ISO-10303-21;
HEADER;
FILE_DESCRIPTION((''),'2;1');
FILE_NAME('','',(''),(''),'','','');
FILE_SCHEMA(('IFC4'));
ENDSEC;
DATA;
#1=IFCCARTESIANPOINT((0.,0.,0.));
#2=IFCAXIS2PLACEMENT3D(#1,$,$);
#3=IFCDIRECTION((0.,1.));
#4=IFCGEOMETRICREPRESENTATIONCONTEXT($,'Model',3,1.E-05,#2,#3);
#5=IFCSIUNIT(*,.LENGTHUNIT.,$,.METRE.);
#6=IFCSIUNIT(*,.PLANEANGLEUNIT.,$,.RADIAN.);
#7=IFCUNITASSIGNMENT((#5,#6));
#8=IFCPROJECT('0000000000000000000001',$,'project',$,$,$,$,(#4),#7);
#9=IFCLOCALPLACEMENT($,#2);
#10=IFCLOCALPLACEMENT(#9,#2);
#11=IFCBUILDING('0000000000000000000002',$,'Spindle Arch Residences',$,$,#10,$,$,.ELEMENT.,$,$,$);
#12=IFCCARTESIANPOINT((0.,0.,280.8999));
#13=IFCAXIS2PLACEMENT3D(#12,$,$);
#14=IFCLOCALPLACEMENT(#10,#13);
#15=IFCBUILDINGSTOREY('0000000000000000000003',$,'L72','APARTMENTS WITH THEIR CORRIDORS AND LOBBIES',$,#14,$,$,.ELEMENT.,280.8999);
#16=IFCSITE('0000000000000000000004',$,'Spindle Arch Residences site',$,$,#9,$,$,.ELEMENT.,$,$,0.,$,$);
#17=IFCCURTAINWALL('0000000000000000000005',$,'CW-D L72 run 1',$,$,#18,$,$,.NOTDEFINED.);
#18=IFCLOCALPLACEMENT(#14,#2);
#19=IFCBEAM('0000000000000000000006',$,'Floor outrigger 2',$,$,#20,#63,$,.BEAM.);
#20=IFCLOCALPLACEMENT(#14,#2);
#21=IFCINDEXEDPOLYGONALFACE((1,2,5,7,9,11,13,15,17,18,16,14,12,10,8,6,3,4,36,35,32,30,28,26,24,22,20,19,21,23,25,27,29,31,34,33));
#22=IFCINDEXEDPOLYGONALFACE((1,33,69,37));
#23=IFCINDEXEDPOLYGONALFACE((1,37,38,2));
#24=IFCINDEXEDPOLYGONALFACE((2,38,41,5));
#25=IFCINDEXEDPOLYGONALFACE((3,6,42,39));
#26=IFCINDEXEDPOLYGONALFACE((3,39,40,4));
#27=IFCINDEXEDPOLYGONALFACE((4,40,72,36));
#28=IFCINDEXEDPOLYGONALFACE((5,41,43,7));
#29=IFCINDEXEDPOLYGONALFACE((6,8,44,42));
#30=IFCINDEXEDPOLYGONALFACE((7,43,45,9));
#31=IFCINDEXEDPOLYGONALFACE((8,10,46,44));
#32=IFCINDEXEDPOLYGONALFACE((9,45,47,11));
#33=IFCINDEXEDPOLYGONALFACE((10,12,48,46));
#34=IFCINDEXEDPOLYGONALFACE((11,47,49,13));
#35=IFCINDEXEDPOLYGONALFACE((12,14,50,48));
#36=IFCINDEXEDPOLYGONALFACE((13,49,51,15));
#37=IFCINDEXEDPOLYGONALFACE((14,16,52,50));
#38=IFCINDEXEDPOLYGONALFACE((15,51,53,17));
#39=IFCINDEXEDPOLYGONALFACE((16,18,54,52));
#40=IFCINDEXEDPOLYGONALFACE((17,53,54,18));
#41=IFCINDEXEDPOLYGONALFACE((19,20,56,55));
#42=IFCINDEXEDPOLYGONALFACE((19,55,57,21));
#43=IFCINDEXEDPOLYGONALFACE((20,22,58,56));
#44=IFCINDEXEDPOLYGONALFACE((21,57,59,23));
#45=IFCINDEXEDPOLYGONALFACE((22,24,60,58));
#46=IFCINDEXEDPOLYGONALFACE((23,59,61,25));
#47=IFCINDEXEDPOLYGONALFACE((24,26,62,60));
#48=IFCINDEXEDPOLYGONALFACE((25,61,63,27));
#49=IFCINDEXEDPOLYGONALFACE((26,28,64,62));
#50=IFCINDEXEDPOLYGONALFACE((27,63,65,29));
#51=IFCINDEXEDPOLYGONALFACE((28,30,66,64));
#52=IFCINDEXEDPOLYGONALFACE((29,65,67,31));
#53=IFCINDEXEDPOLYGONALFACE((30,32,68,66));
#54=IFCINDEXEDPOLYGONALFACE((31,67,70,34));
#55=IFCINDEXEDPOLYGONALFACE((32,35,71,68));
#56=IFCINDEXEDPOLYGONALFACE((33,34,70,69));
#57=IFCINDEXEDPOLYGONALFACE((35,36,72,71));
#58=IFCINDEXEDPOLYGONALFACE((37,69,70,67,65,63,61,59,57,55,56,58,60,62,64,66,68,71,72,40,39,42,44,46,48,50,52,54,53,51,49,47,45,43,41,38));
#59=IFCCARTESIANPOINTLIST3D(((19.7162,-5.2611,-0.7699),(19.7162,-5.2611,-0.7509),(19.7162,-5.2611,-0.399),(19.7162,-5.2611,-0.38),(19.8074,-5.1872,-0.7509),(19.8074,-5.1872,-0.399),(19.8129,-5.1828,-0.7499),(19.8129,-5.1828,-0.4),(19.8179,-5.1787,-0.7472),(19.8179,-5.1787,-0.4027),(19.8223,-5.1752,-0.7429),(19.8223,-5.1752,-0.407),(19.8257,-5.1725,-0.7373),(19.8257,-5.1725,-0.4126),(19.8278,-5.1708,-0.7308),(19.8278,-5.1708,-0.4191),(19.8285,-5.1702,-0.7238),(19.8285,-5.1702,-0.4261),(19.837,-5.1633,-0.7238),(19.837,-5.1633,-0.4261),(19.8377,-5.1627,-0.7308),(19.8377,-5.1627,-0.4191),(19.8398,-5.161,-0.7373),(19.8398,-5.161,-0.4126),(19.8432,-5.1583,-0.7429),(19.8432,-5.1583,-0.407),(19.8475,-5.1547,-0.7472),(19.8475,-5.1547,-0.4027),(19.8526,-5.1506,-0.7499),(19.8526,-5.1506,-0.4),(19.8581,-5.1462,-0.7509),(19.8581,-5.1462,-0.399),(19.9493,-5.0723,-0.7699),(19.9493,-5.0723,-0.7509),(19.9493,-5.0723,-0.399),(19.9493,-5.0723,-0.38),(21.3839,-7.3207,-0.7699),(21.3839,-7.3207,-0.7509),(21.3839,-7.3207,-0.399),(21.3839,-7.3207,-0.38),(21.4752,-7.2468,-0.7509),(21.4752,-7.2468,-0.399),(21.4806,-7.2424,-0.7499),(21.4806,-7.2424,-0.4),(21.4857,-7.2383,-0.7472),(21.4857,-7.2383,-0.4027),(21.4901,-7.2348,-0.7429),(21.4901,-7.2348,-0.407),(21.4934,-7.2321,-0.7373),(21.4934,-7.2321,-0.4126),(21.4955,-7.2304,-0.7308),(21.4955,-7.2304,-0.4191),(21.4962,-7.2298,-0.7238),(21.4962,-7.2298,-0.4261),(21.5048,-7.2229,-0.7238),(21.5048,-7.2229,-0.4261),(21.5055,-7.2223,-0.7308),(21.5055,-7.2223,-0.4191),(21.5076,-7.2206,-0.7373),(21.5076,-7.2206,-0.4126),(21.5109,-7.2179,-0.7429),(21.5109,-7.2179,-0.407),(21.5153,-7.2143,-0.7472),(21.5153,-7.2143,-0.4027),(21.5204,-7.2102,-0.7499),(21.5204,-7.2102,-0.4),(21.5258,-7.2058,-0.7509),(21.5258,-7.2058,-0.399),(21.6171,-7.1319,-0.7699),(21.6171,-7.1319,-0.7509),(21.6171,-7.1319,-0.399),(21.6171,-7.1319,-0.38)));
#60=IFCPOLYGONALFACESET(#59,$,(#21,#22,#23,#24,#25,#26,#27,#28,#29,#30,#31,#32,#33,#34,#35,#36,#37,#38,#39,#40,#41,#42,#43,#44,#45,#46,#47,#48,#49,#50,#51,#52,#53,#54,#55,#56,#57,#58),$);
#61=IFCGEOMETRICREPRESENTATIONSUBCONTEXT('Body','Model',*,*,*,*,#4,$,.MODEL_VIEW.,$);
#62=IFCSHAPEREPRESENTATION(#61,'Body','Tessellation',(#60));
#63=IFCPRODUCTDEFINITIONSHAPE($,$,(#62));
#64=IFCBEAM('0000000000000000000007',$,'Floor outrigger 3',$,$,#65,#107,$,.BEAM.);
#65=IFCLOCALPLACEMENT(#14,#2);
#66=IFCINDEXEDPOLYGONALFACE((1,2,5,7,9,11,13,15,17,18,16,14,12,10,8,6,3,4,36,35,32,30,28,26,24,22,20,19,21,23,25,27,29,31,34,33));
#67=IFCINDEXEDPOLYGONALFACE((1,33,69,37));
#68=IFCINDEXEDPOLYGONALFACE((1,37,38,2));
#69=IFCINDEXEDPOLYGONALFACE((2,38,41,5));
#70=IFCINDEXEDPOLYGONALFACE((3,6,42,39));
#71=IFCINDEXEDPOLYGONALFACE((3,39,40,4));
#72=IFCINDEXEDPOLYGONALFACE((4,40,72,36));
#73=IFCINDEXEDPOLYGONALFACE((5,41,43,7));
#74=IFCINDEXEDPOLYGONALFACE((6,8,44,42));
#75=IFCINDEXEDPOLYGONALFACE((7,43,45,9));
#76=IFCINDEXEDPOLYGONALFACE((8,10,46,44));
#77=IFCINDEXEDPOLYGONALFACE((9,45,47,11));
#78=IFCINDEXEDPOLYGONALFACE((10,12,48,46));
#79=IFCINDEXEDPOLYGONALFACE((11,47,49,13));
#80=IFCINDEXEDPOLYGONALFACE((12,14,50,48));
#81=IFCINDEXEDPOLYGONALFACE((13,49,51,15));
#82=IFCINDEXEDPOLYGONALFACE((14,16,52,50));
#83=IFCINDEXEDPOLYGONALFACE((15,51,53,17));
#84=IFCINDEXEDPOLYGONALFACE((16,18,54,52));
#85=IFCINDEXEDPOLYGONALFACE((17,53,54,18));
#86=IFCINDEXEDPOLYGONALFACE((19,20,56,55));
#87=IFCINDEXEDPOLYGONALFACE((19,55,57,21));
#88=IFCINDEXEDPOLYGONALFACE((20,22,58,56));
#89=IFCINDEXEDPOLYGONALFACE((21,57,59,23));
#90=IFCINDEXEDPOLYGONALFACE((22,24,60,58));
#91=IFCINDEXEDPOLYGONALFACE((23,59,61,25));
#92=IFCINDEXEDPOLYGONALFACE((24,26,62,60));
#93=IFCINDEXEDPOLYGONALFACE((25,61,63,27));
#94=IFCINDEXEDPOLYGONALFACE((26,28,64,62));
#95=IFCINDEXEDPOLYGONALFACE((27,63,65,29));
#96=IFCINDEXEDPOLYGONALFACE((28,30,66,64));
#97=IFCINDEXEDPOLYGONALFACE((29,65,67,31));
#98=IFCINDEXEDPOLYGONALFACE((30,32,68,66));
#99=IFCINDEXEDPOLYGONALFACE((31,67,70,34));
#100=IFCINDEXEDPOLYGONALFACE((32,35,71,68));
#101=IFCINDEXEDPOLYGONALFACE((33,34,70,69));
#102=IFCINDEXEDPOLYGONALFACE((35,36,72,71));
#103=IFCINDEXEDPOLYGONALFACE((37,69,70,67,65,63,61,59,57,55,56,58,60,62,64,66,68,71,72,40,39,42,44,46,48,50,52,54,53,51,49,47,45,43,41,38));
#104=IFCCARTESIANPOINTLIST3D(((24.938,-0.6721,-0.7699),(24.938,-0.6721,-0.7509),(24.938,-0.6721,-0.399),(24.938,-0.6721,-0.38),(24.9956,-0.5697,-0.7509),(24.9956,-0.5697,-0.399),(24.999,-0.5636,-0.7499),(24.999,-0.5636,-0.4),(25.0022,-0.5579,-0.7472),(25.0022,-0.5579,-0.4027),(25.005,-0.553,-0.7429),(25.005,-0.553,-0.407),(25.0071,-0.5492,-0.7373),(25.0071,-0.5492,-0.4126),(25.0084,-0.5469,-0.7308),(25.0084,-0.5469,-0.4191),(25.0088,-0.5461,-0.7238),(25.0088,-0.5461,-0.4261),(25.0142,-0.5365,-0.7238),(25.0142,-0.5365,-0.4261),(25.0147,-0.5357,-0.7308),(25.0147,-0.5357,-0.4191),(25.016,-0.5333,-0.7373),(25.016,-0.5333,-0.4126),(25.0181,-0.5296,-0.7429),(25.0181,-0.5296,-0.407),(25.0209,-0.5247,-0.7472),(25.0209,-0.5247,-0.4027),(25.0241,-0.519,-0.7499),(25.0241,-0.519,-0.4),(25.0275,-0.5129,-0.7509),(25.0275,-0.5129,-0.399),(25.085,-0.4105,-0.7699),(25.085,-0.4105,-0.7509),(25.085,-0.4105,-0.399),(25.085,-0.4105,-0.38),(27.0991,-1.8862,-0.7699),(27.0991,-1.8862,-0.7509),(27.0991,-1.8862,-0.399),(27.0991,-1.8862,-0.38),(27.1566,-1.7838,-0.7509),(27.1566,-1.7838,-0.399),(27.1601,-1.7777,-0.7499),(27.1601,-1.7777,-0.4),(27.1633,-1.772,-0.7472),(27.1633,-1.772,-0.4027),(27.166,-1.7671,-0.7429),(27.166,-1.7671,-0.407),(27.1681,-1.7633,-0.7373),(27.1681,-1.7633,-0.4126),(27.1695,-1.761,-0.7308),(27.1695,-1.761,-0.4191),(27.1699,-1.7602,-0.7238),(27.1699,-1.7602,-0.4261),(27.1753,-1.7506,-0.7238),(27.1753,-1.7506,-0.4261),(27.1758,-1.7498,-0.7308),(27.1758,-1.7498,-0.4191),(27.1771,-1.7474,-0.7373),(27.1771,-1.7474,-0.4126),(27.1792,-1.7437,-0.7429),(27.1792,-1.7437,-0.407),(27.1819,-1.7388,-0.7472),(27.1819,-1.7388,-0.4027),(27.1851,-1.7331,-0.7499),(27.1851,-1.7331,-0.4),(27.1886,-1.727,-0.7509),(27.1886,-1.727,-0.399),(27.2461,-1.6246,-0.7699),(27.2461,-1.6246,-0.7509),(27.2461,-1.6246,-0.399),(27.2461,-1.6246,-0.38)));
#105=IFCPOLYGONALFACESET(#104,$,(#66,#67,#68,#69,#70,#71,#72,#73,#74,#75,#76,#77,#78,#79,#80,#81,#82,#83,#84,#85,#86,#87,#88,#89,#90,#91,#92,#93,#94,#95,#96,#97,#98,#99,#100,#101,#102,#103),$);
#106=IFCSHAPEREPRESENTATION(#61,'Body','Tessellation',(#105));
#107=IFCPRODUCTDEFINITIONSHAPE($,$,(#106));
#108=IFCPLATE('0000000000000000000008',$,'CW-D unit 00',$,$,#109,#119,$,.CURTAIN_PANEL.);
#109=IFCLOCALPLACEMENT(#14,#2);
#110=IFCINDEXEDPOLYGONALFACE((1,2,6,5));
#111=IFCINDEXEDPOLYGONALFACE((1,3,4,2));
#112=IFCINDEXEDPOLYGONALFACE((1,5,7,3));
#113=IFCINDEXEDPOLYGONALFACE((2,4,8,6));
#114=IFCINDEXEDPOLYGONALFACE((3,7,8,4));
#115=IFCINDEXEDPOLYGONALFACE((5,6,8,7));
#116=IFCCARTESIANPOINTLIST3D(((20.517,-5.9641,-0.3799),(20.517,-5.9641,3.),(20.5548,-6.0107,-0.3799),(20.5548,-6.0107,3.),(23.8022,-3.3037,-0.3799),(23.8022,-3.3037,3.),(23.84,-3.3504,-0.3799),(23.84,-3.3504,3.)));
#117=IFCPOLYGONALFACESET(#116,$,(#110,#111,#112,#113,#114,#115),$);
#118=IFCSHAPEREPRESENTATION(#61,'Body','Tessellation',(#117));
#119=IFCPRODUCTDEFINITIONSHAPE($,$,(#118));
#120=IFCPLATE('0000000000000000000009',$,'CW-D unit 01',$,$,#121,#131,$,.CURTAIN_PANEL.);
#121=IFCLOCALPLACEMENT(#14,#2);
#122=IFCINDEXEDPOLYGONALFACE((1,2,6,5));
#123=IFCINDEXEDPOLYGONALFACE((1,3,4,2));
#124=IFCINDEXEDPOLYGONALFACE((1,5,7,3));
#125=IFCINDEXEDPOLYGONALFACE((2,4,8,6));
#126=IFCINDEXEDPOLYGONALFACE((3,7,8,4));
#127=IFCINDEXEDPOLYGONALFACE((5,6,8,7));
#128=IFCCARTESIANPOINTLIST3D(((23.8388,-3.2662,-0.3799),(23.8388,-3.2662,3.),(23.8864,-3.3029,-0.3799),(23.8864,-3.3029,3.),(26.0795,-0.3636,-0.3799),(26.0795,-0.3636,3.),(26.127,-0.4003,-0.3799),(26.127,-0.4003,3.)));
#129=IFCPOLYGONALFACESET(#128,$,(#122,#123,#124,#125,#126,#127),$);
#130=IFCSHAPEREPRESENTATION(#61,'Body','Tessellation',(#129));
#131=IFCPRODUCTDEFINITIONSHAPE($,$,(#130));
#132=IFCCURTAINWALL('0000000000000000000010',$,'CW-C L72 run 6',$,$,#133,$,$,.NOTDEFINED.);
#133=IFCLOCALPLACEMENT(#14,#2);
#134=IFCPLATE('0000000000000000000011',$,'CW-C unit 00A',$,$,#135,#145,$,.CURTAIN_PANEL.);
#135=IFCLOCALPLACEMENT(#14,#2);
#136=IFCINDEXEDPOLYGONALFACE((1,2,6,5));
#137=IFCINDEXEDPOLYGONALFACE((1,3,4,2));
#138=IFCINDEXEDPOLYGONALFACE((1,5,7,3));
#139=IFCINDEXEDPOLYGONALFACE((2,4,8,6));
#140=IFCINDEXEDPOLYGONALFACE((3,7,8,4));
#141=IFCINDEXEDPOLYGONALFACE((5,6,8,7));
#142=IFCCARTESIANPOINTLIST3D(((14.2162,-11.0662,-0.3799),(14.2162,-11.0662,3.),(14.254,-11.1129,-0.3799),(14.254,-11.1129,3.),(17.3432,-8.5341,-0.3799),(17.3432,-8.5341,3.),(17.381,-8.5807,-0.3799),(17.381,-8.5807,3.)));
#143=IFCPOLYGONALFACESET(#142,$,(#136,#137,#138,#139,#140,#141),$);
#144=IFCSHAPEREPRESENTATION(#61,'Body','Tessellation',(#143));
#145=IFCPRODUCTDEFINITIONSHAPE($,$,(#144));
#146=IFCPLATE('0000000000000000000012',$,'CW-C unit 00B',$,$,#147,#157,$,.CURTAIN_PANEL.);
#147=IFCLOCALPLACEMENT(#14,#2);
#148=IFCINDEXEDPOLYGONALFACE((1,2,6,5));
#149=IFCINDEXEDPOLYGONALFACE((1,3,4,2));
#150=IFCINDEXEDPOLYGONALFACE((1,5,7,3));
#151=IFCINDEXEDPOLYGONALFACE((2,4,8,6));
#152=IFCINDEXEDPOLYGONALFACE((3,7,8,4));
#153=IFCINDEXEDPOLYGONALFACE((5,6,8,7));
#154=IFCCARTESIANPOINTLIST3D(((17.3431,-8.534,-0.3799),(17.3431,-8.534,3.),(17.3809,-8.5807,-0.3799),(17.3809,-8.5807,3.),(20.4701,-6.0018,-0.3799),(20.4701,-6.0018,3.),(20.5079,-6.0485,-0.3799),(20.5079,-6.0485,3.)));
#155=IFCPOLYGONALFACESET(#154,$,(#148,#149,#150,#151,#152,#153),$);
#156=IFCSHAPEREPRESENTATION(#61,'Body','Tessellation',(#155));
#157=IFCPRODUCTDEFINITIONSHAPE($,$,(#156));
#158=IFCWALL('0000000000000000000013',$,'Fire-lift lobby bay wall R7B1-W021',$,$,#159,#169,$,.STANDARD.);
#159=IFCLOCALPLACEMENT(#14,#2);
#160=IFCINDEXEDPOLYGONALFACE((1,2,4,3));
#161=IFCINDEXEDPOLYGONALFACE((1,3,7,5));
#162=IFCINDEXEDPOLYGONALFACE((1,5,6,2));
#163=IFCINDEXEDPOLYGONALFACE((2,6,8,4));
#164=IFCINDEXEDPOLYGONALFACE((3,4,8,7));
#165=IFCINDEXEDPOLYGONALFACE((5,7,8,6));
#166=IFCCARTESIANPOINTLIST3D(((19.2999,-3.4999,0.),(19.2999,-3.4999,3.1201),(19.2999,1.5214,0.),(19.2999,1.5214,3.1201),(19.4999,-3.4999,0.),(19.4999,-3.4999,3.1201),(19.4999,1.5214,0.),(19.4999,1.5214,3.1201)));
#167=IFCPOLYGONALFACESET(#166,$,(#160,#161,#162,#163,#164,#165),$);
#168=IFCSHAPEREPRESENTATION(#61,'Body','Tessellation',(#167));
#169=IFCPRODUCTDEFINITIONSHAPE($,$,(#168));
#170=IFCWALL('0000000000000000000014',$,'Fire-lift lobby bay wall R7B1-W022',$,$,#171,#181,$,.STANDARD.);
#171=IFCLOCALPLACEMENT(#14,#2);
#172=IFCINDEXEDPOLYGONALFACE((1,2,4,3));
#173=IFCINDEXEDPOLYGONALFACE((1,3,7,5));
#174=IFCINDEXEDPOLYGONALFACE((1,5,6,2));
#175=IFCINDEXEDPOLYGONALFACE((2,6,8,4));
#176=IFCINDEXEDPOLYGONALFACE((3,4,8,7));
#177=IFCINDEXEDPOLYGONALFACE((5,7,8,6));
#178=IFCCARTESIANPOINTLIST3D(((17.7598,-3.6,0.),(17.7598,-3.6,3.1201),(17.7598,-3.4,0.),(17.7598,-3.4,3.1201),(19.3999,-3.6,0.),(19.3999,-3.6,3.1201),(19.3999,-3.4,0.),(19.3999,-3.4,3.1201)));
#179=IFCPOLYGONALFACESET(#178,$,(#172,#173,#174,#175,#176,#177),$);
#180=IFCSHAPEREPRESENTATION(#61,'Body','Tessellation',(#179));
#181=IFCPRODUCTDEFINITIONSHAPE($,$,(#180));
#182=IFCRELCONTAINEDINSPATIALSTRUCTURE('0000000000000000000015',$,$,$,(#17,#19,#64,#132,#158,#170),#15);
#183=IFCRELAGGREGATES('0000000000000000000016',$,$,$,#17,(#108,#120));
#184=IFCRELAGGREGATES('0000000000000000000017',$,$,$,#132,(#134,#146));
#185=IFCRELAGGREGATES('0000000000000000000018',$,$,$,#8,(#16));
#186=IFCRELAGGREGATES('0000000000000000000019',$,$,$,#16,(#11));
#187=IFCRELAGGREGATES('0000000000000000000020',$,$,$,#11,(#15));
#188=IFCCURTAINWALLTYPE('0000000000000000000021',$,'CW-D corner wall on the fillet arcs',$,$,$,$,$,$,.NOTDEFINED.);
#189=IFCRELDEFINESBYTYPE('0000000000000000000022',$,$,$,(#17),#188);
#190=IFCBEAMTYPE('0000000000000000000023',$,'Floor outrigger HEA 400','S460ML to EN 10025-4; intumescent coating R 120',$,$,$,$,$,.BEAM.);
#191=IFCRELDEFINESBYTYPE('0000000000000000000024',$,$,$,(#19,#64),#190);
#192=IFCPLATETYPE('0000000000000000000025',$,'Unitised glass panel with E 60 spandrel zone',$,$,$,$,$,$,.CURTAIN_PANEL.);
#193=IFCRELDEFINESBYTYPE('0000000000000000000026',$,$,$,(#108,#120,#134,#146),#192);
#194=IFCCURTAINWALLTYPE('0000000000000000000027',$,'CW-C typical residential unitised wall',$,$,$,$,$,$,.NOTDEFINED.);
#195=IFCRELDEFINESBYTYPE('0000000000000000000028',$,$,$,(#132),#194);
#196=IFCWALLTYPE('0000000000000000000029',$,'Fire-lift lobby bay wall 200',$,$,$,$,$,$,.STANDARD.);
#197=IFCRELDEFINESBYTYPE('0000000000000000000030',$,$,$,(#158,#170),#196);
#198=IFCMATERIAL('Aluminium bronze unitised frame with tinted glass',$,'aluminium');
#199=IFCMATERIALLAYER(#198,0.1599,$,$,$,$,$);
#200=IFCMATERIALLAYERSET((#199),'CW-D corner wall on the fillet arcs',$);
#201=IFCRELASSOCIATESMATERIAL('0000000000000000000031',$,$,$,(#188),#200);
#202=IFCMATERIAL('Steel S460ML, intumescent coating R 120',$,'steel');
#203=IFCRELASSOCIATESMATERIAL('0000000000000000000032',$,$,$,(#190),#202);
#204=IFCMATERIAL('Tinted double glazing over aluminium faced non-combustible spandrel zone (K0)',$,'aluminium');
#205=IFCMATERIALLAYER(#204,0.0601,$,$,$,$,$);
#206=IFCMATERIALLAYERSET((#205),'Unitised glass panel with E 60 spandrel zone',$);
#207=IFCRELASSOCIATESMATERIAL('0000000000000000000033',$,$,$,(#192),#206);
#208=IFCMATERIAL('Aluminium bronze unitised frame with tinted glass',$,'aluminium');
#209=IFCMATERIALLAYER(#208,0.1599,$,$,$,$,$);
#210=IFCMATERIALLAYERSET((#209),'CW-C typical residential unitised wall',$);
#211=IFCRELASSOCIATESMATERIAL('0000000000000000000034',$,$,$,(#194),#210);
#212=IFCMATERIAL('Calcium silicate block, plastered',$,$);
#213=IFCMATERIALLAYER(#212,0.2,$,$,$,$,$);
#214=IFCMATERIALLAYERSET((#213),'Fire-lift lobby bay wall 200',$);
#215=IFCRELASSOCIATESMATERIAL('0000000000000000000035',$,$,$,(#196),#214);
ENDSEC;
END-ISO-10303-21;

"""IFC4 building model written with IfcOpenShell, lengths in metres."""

from ifc_helpers import new_model, si_unit, direction, frame, frame_2d, origin, origin_2d, place, context, subcontext, project, spatial, rectangle, i_section, extrude, material, layer, layer_set, material_profile, profile_set, type_object, element, aggregate, save


model = new_model("IFC4")

# Units and contexts
model_context = context("Model", 3, precision=1e-05, world=origin(), true_north=direction((0.0, 1.0)))
body_context = subcontext(model_context, "Body", "Model", "MODEL_VIEW")
ifc_project = project(units=[si_unit("LENGTHUNIT", "METRE"), si_unit("PLANEANGLEUNIT", "RADIAN")], contexts=[model_context])

# Site, building, storey
site_placement = place(None, origin())
site = spatial("IfcSite", under=ifc_project, at=site_placement, Name="Spindle Arch Residences site", CompositionType="ELEMENT", RefElevation=0.0)
building_placement = place(site_placement, origin())
building = spatial("IfcBuilding", under=site, at=building_placement, Name="Spindle Arch Residences", CompositionType="ELEMENT")
storey_placement = place(building_placement, frame((0.0, 0.0, 280.8999)))
storey = spatial("IfcBuildingStorey", under=building, at=storey_placement, Name="L72", Description="APARTMENTS WITH THEIR CORRIDORS AND LOBBIES", CompositionType="ELEMENT", Elevation=280.8999)

# Curtain wall
ifc_material_1 = material(Name="Aluminium bronze unitised frame with tinted glass", Category="aluminium")
ifc_layer_1 = layer(ifc_material_1, 0.1599)
ifc_layer_set_1 = layer_set([ifc_layer_1], Name="CW-D corner wall on the fillet arcs")
curtain_wall_type_1 = type_object("IfcCurtainWallType", Name="CW-D corner wall on the fillet arcs", PredefinedType="NOTDEFINED", material=ifc_layer_set_1)
curtain_wall_1_placement = place(storey_placement, origin())
curtain_wall_1 = element("IfcCurtainWall", 1, at=curtain_wall_1_placement, inside=storey, type_object=curtain_wall_type_1, Name="CW-D L72 run 1", PredefinedType="NOTDEFINED")

# Beams
ifc_material_2 = material(Name="Steel S460ML, intumescent coating R 120", Category="steel")
ifc_material_profile_1 = material_profile(ifc_material_2, i_section(OverallWidth=0.3, OverallDepth=0.3899, WebThickness=0.011, FlangeThickness=0.019, FilletRadius=0.0271, at=origin_2d()), Name="HEA 400")
ifc_profile_set_1 = profile_set([ifc_material_profile_1], Name="Steel S460ML, intumescent coating R 120")
beam_type_1 = type_object("IfcBeamType", Name="Floor outrigger HEA 400", Description="S460ML to EN 10025-4; intumescent coating R 120", PredefinedType="BEAM", material=ifc_profile_set_1)
beam_1_placement = place(storey_placement, frame((21.5005, -7.2263, -0.575), z_axis=(-0.629302, 0.777161, 0.0), x_axis=(-0.777161, -0.629302, 0.0)))
element("IfcBeam", 2, at=beam_1_placement, inside=storey, type_object=beam_type_1, Name="Floor outrigger 2", PredefinedType="BEAM", context=body_context, shape_type="SweptSolid", body=[
    extrude(i_section(OverallWidth=0.3, OverallDepth=0.3899, WebThickness=0.011, FlangeThickness=0.019, FilletRadius=0.0271, at=origin_2d()), origin(), (0.0, 0.0, 1.0), 2.6501),
])
beam_2_placement = place(storey_placement, frame((27.1726, -1.7554, -0.575), z_axis=(-0.871838, 0.489794, 0.0), x_axis=(-0.489794, -0.871838, 0.0)))
element("IfcBeam", 3, at=beam_2_placement, inside=storey, type_object=beam_type_1, Name="Floor outrigger 3", PredefinedType="BEAM", context=body_context, shape_type="SweptSolid", body=[
    extrude(i_section(OverallWidth=0.3, OverallDepth=0.3899, WebThickness=0.011, FlangeThickness=0.019, FilletRadius=0.0271, at=origin_2d()), origin(), (0.0, 0.0, 1.0), 2.4788),
])

# Plates
ifc_material_3 = material(Name="Tinted double glazing over aluminium faced non-combustible spandrel zone (K0)", Category="aluminium")
ifc_layer_2 = layer(ifc_material_3, 0.0601)
ifc_layer_set_2 = layer_set([ifc_layer_2], Name="Unitised glass panel with E 60 spandrel zone")
plate_type = type_object("IfcPlateType", Name="Unitised glass panel with E 60 spandrel zone", PredefinedType="CURTAIN_PANEL", material=ifc_layer_set_2)
plate_1_placement = place(storey_placement, frame((22.1785, -4.6572, -0.3799), z_axis=(0.0, 0.0, 1.0), x_axis=(0.777146, 0.62932, 0.0)))
plate_1 = element("IfcPlate", 4, at=plate_1_placement, type_object=plate_type, Name="CW-D unit 00", PredefinedType="CURTAIN_PANEL", context=body_context, shape_type="SweptSolid", body=[
    extrude(rectangle(XDim=4.2273, YDim=0.0601, at=origin_2d()), origin(), (0.0, 0.0, 1.0), 3.3799),
])
plate_2_placement = place(storey_placement, frame((24.9829, -1.8333, -0.3799), z_axis=(0.0, 0.0, 1.0), x_axis=(0.611067, 0.791579, 0.0)))
plate_2 = element("IfcPlate", 5, at=plate_2_placement, type_object=plate_type, Name="CW-D unit 01", PredefinedType="CURTAIN_PANEL", context=body_context, shape_type="SweptSolid", body=[
    extrude(rectangle(XDim=3.6667, YDim=0.0601, at=origin_2d()), origin(), (0.0, 0.0, 1.0), 3.3799),
])
aggregate(curtain_wall_1, [plate_1, plate_2])

# Curtain wall, plates
ifc_material_4 = material(Name="Aluminium bronze unitised frame with tinted glass", Category="aluminium")
ifc_layer_3 = layer(ifc_material_4, 0.1599)
ifc_layer_set_3 = layer_set([ifc_layer_3], Name="CW-C typical residential unitised wall")
curtain_wall_type_2 = type_object("IfcCurtainWallType", Name="CW-C typical residential unitised wall", PredefinedType="NOTDEFINED", material=ifc_layer_set_3)
curtain_wall_2_placement = place(storey_placement, origin())
curtain_wall_2 = element("IfcCurtainWall", 6, at=curtain_wall_2_placement, inside=storey, type_object=curtain_wall_type_2, Name="CW-C L72 run 6", PredefinedType="NOTDEFINED")
plate_3_placement = place(storey_placement, frame((15.7986, -9.8235, -0.3799), z_axis=(0.0, 0.0, 1.0), x_axis=(0.777146, 0.62932, 0.0)))
plate_3 = element("IfcPlate", 7, at=plate_3_placement, type_object=plate_type, Name="CW-C unit 00A", PredefinedType="CURTAIN_PANEL", context=body_context, shape_type="SweptSolid", body=[
    extrude(rectangle(XDim=4.0237, YDim=0.0601, at=origin_2d()), origin(), (0.0, 0.0, 1.0), 3.3799),
])
plate_4_placement = place(storey_placement, frame((18.9255, -7.2913, -0.3799), z_axis=(0.0, 0.0, 1.0), x_axis=(0.777146, 0.62932, 0.0)))
plate_4 = element("IfcPlate", 8, at=plate_4_placement, type_object=plate_type, Name="CW-C unit 00B", PredefinedType="CURTAIN_PANEL", context=body_context, shape_type="SweptSolid", body=[
    extrude(rectangle(XDim=4.0237, YDim=0.0601, at=origin_2d()), origin(), (0.0, 0.0, 1.0), 3.3799),
])
aggregate(curtain_wall_2, [plate_3, plate_4])

# Walls
ifc_material_5 = material(Name="Calcium silicate block, plastered")
ifc_layer_4 = layer(ifc_material_5, 0.2)
ifc_layer_set_4 = layer_set([ifc_layer_4], Name="Fire-lift lobby bay wall 200")
wall_type_1 = type_object("IfcWallType", Name="Fire-lift lobby bay wall 200", PredefinedType="STANDARD", material=ifc_layer_set_4)
wall_1_placement = place(storey_placement, frame((19.3999, -3.5, 0.0), z_axis=(0.0, 0.0, 1.0), x_axis=(0.0, 1.0, 0.0)))
element("IfcWall", 9, at=wall_1_placement, inside=storey, type_object=wall_type_1, Name="Fire-lift lobby bay wall R7B1-W021", PredefinedType="STANDARD", context=body_context, shape_type="SweptSolid", body=[
    extrude(rectangle(XDim=5.0212, YDim=0.2, at=frame_2d((2.5107, 0.0))), origin(), (0.0, 0.0, 1.0), 3.1201),
])
wall_2_placement = place(storey_placement, frame((17.7598, -3.5, 0.0), z_axis=(0.0, 0.0, 1.0), x_axis=(1.0, 0.0, 0.0)))
element("IfcWall", 10, at=wall_2_placement, inside=storey, type_object=wall_type_1, Name="Fire-lift lobby bay wall R7B1-W022", PredefinedType="STANDARD", context=body_context, shape_type="SweptSolid", body=[
    extrude(rectangle(XDim=1.6401, YDim=0.2, at=frame_2d((0.8201, 0.0))), origin(), (0.0, 0.0, 1.0), 3.1201),
])

save(model, "model.ifc")
